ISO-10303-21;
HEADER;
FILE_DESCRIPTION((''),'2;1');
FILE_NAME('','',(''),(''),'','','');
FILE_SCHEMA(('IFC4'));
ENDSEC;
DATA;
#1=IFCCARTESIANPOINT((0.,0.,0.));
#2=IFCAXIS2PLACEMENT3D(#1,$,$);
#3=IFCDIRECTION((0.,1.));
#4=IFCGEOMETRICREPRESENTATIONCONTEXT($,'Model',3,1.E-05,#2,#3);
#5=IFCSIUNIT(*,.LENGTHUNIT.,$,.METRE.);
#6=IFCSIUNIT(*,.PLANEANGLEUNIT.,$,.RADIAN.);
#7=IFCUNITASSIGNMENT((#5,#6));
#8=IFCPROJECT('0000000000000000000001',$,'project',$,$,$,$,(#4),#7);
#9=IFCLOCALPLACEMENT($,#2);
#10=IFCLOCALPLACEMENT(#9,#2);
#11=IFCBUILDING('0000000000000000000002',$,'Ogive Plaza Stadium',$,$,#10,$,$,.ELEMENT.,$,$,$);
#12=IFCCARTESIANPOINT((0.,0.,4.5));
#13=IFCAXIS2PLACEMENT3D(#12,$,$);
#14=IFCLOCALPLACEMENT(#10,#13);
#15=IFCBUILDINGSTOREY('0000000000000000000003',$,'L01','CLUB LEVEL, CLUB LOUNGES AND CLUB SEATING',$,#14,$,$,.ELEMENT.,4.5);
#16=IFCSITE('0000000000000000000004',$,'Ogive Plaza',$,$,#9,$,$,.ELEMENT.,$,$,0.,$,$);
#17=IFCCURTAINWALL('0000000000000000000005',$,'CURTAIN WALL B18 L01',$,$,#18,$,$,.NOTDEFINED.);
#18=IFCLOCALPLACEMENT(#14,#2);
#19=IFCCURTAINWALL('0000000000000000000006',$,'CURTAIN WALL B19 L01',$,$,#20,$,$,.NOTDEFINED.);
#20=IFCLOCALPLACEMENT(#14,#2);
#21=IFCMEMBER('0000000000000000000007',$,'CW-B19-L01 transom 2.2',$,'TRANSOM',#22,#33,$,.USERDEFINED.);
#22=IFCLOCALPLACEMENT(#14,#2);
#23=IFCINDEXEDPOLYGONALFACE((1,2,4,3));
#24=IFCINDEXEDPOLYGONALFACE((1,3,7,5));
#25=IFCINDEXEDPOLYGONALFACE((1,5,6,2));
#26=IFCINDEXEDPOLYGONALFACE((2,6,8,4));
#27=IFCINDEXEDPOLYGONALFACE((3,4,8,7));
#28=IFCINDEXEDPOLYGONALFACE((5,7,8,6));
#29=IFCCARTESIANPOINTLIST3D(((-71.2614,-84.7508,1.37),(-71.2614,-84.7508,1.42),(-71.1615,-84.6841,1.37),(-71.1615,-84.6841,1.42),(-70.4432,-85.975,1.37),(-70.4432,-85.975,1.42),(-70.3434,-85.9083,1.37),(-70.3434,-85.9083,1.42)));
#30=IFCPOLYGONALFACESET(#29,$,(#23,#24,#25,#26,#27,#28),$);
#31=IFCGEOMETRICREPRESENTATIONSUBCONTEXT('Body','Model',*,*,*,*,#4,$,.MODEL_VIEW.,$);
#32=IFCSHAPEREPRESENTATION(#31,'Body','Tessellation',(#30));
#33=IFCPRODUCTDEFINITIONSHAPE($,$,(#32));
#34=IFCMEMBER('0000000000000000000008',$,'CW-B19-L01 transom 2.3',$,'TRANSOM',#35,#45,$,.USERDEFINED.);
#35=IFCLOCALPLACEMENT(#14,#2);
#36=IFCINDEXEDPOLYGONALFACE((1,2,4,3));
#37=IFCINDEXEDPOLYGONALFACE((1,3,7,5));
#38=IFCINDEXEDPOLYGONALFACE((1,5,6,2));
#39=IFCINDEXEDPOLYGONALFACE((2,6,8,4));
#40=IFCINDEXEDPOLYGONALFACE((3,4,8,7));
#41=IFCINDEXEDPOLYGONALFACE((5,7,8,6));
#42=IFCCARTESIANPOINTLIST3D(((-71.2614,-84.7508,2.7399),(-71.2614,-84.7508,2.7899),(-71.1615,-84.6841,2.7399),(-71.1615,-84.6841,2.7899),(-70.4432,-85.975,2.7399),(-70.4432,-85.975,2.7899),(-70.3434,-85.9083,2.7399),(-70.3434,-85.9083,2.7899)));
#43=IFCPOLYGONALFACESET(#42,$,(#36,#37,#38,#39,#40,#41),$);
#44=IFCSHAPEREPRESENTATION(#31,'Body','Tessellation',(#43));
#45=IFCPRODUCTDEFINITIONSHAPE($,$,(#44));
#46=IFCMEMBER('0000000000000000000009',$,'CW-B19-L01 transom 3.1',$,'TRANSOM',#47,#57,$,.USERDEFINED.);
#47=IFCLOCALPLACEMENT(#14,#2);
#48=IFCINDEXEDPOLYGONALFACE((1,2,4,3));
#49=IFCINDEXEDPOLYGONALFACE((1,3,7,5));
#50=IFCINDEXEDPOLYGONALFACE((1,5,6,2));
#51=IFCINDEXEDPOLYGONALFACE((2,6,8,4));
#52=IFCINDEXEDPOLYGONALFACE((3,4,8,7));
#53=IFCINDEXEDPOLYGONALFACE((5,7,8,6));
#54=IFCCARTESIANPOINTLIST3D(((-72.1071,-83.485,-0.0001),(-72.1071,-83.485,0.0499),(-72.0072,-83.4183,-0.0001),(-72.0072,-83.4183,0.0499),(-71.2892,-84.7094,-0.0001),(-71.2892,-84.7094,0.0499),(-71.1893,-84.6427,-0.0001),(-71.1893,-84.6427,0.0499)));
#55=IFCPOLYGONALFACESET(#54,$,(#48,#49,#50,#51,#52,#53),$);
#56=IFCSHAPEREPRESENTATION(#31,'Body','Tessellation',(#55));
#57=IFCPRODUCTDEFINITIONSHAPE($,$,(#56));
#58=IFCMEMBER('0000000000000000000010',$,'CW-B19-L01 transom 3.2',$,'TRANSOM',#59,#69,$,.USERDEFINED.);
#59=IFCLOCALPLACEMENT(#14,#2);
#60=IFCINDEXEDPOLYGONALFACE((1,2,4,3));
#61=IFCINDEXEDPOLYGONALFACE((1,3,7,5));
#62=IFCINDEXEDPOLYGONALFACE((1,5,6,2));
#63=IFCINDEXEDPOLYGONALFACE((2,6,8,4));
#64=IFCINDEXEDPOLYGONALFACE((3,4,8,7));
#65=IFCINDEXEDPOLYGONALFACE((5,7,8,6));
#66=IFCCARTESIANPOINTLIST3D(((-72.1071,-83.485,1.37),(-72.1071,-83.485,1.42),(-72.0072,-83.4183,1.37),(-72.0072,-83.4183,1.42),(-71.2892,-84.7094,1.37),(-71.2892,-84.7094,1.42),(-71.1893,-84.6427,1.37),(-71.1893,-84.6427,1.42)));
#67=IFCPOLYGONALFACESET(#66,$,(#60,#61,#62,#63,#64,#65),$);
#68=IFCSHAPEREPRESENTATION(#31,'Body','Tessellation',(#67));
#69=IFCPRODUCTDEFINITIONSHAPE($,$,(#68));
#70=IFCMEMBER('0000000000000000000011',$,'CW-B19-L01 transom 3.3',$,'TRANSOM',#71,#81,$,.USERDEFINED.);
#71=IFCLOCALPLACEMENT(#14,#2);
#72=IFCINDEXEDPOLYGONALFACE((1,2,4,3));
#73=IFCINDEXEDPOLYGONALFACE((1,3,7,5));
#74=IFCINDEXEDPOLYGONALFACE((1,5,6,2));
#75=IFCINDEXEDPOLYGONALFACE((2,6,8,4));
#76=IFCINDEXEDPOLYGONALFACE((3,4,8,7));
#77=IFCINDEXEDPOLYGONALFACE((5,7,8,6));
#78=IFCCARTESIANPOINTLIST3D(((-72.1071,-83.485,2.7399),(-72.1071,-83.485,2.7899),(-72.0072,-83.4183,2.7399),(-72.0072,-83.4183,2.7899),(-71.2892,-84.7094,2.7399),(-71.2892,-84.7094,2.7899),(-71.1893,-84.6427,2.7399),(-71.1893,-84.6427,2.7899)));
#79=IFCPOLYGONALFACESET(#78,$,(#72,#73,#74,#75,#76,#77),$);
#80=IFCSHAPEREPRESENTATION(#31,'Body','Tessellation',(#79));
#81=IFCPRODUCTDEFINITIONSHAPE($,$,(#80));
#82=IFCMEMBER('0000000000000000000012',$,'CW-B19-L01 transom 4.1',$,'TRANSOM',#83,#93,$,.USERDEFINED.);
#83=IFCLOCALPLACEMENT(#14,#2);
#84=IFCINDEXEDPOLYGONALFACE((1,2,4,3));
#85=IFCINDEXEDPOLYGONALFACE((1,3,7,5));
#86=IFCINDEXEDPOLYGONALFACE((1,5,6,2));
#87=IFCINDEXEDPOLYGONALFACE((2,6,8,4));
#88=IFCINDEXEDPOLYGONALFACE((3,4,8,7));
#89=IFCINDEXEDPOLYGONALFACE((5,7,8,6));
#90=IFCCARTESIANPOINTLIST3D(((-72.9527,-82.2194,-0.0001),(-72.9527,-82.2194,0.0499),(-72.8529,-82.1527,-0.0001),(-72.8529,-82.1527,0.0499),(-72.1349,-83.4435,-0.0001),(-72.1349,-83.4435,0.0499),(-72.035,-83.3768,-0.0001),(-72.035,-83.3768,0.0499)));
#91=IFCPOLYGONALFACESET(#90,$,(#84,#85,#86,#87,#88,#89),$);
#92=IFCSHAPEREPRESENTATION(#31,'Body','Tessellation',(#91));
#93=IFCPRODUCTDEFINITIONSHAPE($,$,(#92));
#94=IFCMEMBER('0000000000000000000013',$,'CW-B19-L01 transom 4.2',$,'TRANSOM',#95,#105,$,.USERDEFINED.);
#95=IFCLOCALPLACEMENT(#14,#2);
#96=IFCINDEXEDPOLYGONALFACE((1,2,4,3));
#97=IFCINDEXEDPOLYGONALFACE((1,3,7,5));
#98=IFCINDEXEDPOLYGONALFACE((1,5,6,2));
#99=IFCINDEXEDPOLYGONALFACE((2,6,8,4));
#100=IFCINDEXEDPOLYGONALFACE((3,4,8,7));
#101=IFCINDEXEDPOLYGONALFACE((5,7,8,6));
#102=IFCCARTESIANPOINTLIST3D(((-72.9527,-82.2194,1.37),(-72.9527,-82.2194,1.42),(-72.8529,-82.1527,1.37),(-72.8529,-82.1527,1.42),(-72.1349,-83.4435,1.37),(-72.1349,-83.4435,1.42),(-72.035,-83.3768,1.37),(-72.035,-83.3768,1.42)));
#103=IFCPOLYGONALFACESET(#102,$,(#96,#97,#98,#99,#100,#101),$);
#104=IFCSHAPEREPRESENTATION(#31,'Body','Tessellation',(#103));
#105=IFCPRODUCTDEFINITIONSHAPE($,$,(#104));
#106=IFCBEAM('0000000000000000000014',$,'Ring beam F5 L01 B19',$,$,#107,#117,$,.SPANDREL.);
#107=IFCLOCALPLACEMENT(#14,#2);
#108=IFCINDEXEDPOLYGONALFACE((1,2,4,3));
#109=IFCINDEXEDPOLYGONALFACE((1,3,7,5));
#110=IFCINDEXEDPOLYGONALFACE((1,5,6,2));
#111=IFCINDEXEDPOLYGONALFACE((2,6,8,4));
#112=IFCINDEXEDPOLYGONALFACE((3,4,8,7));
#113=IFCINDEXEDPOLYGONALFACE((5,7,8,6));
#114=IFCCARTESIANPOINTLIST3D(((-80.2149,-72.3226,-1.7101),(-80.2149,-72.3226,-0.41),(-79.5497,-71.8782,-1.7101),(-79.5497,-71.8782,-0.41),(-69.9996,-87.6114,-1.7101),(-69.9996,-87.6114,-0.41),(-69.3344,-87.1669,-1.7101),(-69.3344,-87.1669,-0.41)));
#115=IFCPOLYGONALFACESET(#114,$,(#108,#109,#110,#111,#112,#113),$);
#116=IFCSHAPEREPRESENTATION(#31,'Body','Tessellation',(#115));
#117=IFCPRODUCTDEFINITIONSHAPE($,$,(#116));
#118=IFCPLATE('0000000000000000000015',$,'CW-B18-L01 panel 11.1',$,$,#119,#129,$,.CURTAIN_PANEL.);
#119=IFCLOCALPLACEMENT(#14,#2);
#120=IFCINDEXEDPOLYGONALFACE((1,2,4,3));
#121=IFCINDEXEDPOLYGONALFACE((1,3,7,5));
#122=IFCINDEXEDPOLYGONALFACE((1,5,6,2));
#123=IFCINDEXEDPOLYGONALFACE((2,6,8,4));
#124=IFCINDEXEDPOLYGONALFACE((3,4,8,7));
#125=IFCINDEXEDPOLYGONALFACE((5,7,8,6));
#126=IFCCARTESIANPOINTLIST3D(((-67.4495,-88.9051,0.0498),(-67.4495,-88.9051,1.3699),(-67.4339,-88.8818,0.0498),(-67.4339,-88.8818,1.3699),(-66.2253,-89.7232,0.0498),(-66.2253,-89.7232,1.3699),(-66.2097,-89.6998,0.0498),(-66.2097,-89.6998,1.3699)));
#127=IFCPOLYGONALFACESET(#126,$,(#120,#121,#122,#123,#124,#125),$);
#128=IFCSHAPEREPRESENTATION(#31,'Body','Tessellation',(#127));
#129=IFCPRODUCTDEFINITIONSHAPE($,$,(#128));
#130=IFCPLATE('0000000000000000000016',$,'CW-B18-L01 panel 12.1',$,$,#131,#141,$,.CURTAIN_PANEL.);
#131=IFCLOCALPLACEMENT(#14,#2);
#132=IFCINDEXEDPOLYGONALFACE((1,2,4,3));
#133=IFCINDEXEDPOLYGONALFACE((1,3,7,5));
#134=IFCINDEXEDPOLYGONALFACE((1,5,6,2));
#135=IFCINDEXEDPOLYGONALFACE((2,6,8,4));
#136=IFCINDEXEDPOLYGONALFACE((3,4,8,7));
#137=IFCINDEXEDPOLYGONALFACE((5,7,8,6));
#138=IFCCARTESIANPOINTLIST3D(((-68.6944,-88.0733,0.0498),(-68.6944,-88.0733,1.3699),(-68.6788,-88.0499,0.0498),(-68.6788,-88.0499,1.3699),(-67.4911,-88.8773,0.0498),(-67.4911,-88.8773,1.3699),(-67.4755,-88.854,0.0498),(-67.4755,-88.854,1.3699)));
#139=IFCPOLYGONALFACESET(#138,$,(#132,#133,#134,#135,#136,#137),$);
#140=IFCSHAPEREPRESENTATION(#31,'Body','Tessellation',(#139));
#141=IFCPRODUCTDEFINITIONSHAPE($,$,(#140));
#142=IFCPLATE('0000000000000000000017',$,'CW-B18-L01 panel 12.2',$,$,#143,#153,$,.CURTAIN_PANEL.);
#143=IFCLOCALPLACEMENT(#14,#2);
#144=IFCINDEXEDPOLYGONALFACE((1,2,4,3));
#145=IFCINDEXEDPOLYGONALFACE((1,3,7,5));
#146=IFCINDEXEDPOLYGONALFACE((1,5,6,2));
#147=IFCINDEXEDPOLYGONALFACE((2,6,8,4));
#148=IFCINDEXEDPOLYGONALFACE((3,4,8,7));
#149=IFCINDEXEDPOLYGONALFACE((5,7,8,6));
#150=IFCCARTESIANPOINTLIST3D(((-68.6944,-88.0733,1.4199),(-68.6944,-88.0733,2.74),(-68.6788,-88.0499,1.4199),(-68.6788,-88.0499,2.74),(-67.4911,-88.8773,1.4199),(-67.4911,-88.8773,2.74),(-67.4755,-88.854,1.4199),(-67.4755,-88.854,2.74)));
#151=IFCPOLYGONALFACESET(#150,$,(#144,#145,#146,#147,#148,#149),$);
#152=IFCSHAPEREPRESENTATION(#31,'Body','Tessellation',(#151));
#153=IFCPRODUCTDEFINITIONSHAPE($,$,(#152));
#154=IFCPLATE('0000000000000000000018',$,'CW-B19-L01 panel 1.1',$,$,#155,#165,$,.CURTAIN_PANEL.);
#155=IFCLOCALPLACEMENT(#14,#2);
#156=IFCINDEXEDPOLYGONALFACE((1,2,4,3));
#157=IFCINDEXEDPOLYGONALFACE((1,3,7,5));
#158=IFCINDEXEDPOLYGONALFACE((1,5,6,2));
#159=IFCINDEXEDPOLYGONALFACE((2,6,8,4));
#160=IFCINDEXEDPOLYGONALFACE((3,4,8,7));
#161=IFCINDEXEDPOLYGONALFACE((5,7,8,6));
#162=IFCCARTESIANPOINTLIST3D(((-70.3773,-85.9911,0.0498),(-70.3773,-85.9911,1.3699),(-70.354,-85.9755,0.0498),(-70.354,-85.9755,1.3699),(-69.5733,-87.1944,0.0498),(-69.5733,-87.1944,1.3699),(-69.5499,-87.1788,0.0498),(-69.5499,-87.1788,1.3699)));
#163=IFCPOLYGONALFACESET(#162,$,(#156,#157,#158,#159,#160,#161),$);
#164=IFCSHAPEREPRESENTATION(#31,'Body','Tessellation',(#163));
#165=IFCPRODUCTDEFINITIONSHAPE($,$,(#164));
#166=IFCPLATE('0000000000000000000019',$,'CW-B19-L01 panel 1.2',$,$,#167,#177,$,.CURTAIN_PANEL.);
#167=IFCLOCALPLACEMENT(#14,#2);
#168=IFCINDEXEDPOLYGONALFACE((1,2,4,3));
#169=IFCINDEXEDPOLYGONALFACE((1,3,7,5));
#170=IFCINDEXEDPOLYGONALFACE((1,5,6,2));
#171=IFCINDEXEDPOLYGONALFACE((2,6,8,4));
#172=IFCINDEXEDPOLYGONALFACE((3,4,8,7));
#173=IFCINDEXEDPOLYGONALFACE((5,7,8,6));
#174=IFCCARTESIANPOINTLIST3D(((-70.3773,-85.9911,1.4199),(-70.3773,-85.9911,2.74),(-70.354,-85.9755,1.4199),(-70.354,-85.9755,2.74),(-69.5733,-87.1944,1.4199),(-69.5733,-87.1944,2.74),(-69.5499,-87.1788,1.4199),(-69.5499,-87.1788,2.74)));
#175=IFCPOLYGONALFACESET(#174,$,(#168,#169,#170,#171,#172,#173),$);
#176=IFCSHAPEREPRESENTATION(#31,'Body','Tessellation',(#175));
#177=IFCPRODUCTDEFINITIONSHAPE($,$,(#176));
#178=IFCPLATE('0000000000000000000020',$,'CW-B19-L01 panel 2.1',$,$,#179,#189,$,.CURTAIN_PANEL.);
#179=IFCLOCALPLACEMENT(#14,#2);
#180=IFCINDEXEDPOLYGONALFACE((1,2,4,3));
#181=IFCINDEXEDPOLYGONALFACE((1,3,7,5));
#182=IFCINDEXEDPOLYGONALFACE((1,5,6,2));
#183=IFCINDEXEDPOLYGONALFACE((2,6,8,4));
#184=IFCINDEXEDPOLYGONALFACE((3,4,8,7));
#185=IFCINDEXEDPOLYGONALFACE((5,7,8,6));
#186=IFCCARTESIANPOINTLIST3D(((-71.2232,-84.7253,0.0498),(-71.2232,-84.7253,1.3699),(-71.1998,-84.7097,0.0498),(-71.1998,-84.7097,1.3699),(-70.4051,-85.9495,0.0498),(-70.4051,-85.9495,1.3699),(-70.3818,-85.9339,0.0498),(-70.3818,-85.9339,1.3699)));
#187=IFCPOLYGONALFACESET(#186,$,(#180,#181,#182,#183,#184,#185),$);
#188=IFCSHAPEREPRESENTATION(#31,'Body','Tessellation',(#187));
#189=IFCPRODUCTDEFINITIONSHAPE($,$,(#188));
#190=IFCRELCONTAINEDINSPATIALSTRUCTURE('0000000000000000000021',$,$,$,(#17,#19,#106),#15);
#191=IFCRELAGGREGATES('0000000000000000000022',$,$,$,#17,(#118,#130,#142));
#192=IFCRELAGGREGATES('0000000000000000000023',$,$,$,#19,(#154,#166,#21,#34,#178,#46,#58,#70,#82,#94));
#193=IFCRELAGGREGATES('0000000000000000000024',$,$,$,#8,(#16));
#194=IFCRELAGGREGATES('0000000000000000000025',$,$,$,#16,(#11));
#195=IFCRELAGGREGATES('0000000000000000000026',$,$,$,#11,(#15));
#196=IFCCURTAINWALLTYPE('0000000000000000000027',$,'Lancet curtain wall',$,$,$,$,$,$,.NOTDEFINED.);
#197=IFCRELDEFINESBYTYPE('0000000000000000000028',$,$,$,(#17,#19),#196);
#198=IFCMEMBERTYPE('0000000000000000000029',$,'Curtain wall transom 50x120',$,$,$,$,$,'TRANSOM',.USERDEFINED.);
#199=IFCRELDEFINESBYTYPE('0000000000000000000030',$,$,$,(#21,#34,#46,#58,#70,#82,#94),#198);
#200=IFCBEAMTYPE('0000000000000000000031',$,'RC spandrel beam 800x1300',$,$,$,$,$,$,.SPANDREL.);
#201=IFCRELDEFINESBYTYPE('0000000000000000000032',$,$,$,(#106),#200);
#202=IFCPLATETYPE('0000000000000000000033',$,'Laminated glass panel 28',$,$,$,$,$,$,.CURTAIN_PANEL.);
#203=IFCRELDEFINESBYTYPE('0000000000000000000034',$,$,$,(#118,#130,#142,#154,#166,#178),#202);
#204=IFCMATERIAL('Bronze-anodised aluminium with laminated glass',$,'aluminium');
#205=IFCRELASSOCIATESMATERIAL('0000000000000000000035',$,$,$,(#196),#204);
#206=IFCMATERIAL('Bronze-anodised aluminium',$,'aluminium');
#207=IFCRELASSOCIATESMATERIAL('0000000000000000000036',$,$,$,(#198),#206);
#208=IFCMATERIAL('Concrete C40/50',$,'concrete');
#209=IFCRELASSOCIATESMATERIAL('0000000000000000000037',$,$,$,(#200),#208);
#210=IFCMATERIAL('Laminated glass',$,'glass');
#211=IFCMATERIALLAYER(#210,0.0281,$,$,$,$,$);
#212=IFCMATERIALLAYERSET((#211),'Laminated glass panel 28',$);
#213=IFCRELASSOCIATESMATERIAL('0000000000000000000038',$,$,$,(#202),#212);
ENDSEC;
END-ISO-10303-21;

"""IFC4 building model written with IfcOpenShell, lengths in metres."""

from ifc_helpers import new_model, si_unit, direction, frame, origin, origin_2d, place, context, subcontext, project, spatial, rectangle, extrude, material, layer, layer_set, material_profile, profile_set, type_object, element, aggregate, save


model = new_model("IFC4")

# Units and contexts
model_context = context("Model", 3, precision=1e-05, world=origin(), true_north=direction((0.0, 1.0)))
body_context = subcontext(model_context, "Body", "Model", "MODEL_VIEW")
ifc_project = project(units=[si_unit("LENGTHUNIT", "METRE"), si_unit("PLANEANGLEUNIT", "RADIAN")], contexts=[model_context])

# Site, building, storey
site_placement = place(None, origin())
site = spatial("IfcSite", under=ifc_project, at=site_placement, Name="Ogive Plaza", CompositionType="ELEMENT", RefElevation=0.0)
building_placement = place(site_placement, origin())
building = spatial("IfcBuilding", under=site, at=building_placement, Name="Ogive Plaza Stadium", CompositionType="ELEMENT")
storey_placement = place(building_placement, frame((0.0, 0.0, 4.5)))
storey = spatial("IfcBuildingStorey", under=building, at=storey_placement, Name="L01", Description="CLUB LEVEL, CLUB LOUNGES AND CLUB SEATING", CompositionType="ELEMENT", Elevation=4.5)

# Curtain walls
ifc_material_1 = material(Name="Bronze-anodised aluminium with laminated glass", Category="aluminium")
curtain_wall_type = type_object("IfcCurtainWallType", Name="Lancet curtain wall", PredefinedType="NOTDEFINED", material=ifc_material_1)
curtain_wall_1_placement = place(storey_placement, origin())
curtain_wall_1 = element("IfcCurtainWall", 1, at=curtain_wall_1_placement, inside=storey, type_object=curtain_wall_type, Name="CURTAIN WALL B18 L01", PredefinedType="NOTDEFINED")
curtain_wall_2_placement = place(storey_placement, origin())
curtain_wall_2 = element("IfcCurtainWall", 2, at=curtain_wall_2_placement, inside=storey, type_object=curtain_wall_type, Name="CURTAIN WALL B19 L01", PredefinedType="NOTDEFINED")

# Members
ifc_material_2 = material(Name="Bronze-anodised aluminium", Category="aluminium")
ifc_material_profile_1 = material_profile(ifc_material_2, rectangle(XDim=0.1201, YDim=0.05, at=origin_2d()), Name="AL 120x50")
ifc_profile_set_1 = profile_set([ifc_material_profile_1], Name="Bronze-anodised aluminium")
member_type_1 = type_object("IfcMemberType", Name="Curtain wall transom 50x120", ElementType="TRANSOM", PredefinedType="USERDEFINED", material=ifc_profile_set_1)
member_1_placement = place(storey_placement, frame((-70.3933, -85.9417, 1.395), z_axis=(-0.555656, 0.831412, 0.0), x_axis=(-0.831412, -0.555656, 0.0)))
member_1 = element("IfcMember", 3, at=member_1_placement, type_object=member_type_1, Name="CW-B19-L01 transom 2.2", ObjectType="TRANSOM", PredefinedType="USERDEFINED", context=body_context, shape_type="SweptSolid", body=[
    extrude(rectangle(XDim=0.1201, YDim=0.05, at=origin_2d()), origin(), (0.0, 0.0, 1.0), 1.4724),
])
member_2_placement = place(storey_placement, frame((-70.3933, -85.9417, 2.7649), z_axis=(-0.555656, 0.831412, 0.0), x_axis=(-0.831412, -0.555656, 0.0)))
member_2 = element("IfcMember", 4, at=member_2_placement, type_object=member_type_1, Name="CW-B19-L01 transom 2.3", ObjectType="TRANSOM", PredefinedType="USERDEFINED", context=body_context, shape_type="SweptSolid", body=[
    extrude(rectangle(XDim=0.1201, YDim=0.05, at=origin_2d()), origin(), (0.0, 0.0, 1.0), 1.4724),
])
member_3_placement = place(storey_placement, frame((-71.2393, -84.676, 0.0249), z_axis=(-0.555465, 0.83154, 0.0), x_axis=(-0.83154, -0.555465, 0.0)))
member_3 = element("IfcMember", 5, at=member_3_placement, type_object=member_type_1, Name="CW-B19-L01 transom 3.1", ObjectType="TRANSOM", PredefinedType="USERDEFINED", context=body_context, shape_type="SweptSolid", body=[
    extrude(rectangle(XDim=0.1201, YDim=0.05, at=origin_2d()), origin(), (0.0, 0.0, 1.0), 1.4724),
])
member_4_placement = place(storey_placement, frame((-71.2393, -84.676, 1.395), z_axis=(-0.555465, 0.83154, 0.0), x_axis=(-0.83154, -0.555465, 0.0)))
member_4 = element("IfcMember", 6, at=member_4_placement, type_object=member_type_1, Name="CW-B19-L01 transom 3.2", ObjectType="TRANSOM", PredefinedType="USERDEFINED", context=body_context, shape_type="SweptSolid", body=[
    extrude(rectangle(XDim=0.1201, YDim=0.05, at=origin_2d()), origin(), (0.0, 0.0, 1.0), 1.4724),
])
member_5_placement = place(storey_placement, frame((-71.2393, -84.676, 2.7649), z_axis=(-0.555465, 0.83154, 0.0), x_axis=(-0.83154, -0.555465, 0.0)))
member_5 = element("IfcMember", 7, at=member_5_placement, type_object=member_type_1, Name="CW-B19-L01 transom 3.3", ObjectType="TRANSOM", PredefinedType="USERDEFINED", context=body_context, shape_type="SweptSolid", body=[
    extrude(rectangle(XDim=0.1201, YDim=0.05, at=origin_2d()), origin(), (0.0, 0.0, 1.0), 1.4724),
])
member_6_placement = place(storey_placement, frame((-72.085, -83.4102, 0.0249), z_axis=(-0.555542, 0.831489, 0.0), x_axis=(-0.831489, -0.555542, 0.0)))
member_6 = element("IfcMember", 8, at=member_6_placement, type_object=member_type_1, Name="CW-B19-L01 transom 4.1", ObjectType="TRANSOM", PredefinedType="USERDEFINED", context=body_context, shape_type="SweptSolid", body=[
    extrude(rectangle(XDim=0.1201, YDim=0.05, at=origin_2d()), origin(), (0.0, 0.0, 1.0), 1.4722),
])
member_7_placement = place(storey_placement, frame((-72.085, -83.4102, 1.395), z_axis=(-0.555542, 0.831489, 0.0), x_axis=(-0.831489, -0.555542, 0.0)))
member_7 = element("IfcMember", 9, at=member_7_placement, type_object=member_type_1, Name="CW-B19-L01 transom 4.2", ObjectType="TRANSOM", PredefinedType="USERDEFINED", context=body_context, shape_type="SweptSolid", body=[
    extrude(rectangle(XDim=0.1201, YDim=0.05, at=origin_2d()), origin(), (0.0, 0.0, 1.0), 1.4722),
])

# Beam
ifc_material_3 = material(Name="Concrete C40/50", Category="concrete")
ifc_material_profile_2 = material_profile(ifc_material_3, rectangle(XDim=0.8, YDim=1.3, at=origin_2d()), Name="RC 800x1300")
ifc_profile_set_2 = profile_set([ifc_material_profile_2], Name="Concrete C40/50")
beam_type = type_object("IfcBeamType", Name="RC spandrel beam 800x1300", PredefinedType="SPANDREL", material=ifc_profile_set_2)
beam_placement = place(storey_placement, frame((-69.667, -87.3892, -1.0601), z_axis=(-0.555558, 0.831478, 0.0), x_axis=(-0.831478, -0.555558, 0.0)))
element("IfcBeam", 10, at=beam_placement, inside=storey, type_object=beam_type, Name="Ring beam F5 L01 B19", PredefinedType="SPANDREL", context=body_context, shape_type="SweptSolid", body=[
    extrude(rectangle(XDim=0.8, YDim=1.3, at=origin_2d()), origin(), (0.0, 0.0, 1.0), 18.3875),
])

# Plates
ifc_material_4 = material(Name="Laminated glass", Category="glass")
ifc_layer = layer(ifc_material_4, 0.0281)
ifc_layer_set = layer_set([ifc_layer], Name="Laminated glass panel 28")
plate_type = type_object("IfcPlateType", Name="Laminated glass panel 28", PredefinedType="CURTAIN_PANEL", material=ifc_layer_set)
plate_1_placement = place(storey_placement, frame((-66.8296, -89.3025, 0.0498), z_axis=(0.0, 0.0, 1.0), x_axis=(-0.83147, 0.55557, 0.0)))
plate_1 = element("IfcPlate", 11, at=plate_1_placement, type_object=plate_type, Name="CW-B18-L01 panel 11.1", PredefinedType="CURTAIN_PANEL", context=body_context, shape_type="SweptSolid", body=[
    extrude(rectangle(XDim=1.4724, YDim=0.0281, at=origin_2d()), origin(), (0.0, 0.0, 1.0), 1.3201),
])
plate_2_placement = place(storey_placement, frame((-68.085, -88.4636, 0.0498), z_axis=(0.0, 0.0, 1.0), x_axis=(-0.83147, 0.55557, 0.0)))
plate_2 = element("IfcPlate", 12, at=plate_2_placement, type_object=plate_type, Name="CW-B18-L01 panel 12.1", PredefinedType="CURTAIN_PANEL", context=body_context, shape_type="SweptSolid", body=[
    extrude(rectangle(XDim=1.4473, YDim=0.0281, at=origin_2d()), origin(), (0.0, 0.0, 1.0), 1.3201),
])
plate_3_placement = place(storey_placement, frame((-68.085, -88.4636, 1.4199), z_axis=(0.0, 0.0, 1.0), x_axis=(-0.83147, 0.55557, 0.0)))
plate_3 = element("IfcPlate", 13, at=plate_3_placement, type_object=plate_type, Name="CW-B18-L01 panel 12.2", PredefinedType="CURTAIN_PANEL", context=body_context, shape_type="SweptSolid", body=[
    extrude(rectangle(XDim=1.4473, YDim=0.0281, at=origin_2d()), origin(), (0.0, 0.0, 1.0), 1.3201),
])
aggregate(curtain_wall_1, [plate_1, plate_2, plate_3])
plate_4_placement = place(storey_placement, frame((-69.9636, -86.585, 0.0498), z_axis=(0.0, 0.0, 1.0), x_axis=(-0.55557, 0.83147, 0.0)))
plate_4 = element("IfcPlate", 14, at=plate_4_placement, type_object=plate_type, Name="CW-B19-L01 panel 1.1", PredefinedType="CURTAIN_PANEL", context=body_context, shape_type="SweptSolid", body=[
    extrude(rectangle(XDim=1.4473, YDim=0.0281, at=origin_2d()), origin(), (0.0, 0.0, 1.0), 1.3201),
])
plate_5_placement = place(storey_placement, frame((-69.9636, -86.585, 1.4199), z_axis=(0.0, 0.0, 1.0), x_axis=(-0.55557, 0.83147, 0.0)))
plate_5 = element("IfcPlate", 15, at=plate_5_placement, type_object=plate_type, Name="CW-B19-L01 panel 1.2", PredefinedType="CURTAIN_PANEL", context=body_context, shape_type="SweptSolid", body=[
    extrude(rectangle(XDim=1.4473, YDim=0.0281, at=origin_2d()), origin(), (0.0, 0.0, 1.0), 1.3201),
])
plate_6_placement = place(storey_placement, frame((-70.8025, -85.3296, 0.0498), z_axis=(0.0, 0.0, 1.0), x_axis=(-0.55557, 0.83147, 0.0)))
plate_6 = element("IfcPlate", 16, at=plate_6_placement, type_object=plate_type, Name="CW-B19-L01 panel 2.1", PredefinedType="CURTAIN_PANEL", context=body_context, shape_type="SweptSolid", body=[
    extrude(rectangle(XDim=1.4724, YDim=0.0281, at=origin_2d()), origin(), (0.0, 0.0, 1.0), 1.3201),
])
aggregate(curtain_wall_2, [plate_4, plate_5, member_1, member_2, plate_6, member_3, member_4, member_5, member_6, member_7])

save(model, "model.ifc")
